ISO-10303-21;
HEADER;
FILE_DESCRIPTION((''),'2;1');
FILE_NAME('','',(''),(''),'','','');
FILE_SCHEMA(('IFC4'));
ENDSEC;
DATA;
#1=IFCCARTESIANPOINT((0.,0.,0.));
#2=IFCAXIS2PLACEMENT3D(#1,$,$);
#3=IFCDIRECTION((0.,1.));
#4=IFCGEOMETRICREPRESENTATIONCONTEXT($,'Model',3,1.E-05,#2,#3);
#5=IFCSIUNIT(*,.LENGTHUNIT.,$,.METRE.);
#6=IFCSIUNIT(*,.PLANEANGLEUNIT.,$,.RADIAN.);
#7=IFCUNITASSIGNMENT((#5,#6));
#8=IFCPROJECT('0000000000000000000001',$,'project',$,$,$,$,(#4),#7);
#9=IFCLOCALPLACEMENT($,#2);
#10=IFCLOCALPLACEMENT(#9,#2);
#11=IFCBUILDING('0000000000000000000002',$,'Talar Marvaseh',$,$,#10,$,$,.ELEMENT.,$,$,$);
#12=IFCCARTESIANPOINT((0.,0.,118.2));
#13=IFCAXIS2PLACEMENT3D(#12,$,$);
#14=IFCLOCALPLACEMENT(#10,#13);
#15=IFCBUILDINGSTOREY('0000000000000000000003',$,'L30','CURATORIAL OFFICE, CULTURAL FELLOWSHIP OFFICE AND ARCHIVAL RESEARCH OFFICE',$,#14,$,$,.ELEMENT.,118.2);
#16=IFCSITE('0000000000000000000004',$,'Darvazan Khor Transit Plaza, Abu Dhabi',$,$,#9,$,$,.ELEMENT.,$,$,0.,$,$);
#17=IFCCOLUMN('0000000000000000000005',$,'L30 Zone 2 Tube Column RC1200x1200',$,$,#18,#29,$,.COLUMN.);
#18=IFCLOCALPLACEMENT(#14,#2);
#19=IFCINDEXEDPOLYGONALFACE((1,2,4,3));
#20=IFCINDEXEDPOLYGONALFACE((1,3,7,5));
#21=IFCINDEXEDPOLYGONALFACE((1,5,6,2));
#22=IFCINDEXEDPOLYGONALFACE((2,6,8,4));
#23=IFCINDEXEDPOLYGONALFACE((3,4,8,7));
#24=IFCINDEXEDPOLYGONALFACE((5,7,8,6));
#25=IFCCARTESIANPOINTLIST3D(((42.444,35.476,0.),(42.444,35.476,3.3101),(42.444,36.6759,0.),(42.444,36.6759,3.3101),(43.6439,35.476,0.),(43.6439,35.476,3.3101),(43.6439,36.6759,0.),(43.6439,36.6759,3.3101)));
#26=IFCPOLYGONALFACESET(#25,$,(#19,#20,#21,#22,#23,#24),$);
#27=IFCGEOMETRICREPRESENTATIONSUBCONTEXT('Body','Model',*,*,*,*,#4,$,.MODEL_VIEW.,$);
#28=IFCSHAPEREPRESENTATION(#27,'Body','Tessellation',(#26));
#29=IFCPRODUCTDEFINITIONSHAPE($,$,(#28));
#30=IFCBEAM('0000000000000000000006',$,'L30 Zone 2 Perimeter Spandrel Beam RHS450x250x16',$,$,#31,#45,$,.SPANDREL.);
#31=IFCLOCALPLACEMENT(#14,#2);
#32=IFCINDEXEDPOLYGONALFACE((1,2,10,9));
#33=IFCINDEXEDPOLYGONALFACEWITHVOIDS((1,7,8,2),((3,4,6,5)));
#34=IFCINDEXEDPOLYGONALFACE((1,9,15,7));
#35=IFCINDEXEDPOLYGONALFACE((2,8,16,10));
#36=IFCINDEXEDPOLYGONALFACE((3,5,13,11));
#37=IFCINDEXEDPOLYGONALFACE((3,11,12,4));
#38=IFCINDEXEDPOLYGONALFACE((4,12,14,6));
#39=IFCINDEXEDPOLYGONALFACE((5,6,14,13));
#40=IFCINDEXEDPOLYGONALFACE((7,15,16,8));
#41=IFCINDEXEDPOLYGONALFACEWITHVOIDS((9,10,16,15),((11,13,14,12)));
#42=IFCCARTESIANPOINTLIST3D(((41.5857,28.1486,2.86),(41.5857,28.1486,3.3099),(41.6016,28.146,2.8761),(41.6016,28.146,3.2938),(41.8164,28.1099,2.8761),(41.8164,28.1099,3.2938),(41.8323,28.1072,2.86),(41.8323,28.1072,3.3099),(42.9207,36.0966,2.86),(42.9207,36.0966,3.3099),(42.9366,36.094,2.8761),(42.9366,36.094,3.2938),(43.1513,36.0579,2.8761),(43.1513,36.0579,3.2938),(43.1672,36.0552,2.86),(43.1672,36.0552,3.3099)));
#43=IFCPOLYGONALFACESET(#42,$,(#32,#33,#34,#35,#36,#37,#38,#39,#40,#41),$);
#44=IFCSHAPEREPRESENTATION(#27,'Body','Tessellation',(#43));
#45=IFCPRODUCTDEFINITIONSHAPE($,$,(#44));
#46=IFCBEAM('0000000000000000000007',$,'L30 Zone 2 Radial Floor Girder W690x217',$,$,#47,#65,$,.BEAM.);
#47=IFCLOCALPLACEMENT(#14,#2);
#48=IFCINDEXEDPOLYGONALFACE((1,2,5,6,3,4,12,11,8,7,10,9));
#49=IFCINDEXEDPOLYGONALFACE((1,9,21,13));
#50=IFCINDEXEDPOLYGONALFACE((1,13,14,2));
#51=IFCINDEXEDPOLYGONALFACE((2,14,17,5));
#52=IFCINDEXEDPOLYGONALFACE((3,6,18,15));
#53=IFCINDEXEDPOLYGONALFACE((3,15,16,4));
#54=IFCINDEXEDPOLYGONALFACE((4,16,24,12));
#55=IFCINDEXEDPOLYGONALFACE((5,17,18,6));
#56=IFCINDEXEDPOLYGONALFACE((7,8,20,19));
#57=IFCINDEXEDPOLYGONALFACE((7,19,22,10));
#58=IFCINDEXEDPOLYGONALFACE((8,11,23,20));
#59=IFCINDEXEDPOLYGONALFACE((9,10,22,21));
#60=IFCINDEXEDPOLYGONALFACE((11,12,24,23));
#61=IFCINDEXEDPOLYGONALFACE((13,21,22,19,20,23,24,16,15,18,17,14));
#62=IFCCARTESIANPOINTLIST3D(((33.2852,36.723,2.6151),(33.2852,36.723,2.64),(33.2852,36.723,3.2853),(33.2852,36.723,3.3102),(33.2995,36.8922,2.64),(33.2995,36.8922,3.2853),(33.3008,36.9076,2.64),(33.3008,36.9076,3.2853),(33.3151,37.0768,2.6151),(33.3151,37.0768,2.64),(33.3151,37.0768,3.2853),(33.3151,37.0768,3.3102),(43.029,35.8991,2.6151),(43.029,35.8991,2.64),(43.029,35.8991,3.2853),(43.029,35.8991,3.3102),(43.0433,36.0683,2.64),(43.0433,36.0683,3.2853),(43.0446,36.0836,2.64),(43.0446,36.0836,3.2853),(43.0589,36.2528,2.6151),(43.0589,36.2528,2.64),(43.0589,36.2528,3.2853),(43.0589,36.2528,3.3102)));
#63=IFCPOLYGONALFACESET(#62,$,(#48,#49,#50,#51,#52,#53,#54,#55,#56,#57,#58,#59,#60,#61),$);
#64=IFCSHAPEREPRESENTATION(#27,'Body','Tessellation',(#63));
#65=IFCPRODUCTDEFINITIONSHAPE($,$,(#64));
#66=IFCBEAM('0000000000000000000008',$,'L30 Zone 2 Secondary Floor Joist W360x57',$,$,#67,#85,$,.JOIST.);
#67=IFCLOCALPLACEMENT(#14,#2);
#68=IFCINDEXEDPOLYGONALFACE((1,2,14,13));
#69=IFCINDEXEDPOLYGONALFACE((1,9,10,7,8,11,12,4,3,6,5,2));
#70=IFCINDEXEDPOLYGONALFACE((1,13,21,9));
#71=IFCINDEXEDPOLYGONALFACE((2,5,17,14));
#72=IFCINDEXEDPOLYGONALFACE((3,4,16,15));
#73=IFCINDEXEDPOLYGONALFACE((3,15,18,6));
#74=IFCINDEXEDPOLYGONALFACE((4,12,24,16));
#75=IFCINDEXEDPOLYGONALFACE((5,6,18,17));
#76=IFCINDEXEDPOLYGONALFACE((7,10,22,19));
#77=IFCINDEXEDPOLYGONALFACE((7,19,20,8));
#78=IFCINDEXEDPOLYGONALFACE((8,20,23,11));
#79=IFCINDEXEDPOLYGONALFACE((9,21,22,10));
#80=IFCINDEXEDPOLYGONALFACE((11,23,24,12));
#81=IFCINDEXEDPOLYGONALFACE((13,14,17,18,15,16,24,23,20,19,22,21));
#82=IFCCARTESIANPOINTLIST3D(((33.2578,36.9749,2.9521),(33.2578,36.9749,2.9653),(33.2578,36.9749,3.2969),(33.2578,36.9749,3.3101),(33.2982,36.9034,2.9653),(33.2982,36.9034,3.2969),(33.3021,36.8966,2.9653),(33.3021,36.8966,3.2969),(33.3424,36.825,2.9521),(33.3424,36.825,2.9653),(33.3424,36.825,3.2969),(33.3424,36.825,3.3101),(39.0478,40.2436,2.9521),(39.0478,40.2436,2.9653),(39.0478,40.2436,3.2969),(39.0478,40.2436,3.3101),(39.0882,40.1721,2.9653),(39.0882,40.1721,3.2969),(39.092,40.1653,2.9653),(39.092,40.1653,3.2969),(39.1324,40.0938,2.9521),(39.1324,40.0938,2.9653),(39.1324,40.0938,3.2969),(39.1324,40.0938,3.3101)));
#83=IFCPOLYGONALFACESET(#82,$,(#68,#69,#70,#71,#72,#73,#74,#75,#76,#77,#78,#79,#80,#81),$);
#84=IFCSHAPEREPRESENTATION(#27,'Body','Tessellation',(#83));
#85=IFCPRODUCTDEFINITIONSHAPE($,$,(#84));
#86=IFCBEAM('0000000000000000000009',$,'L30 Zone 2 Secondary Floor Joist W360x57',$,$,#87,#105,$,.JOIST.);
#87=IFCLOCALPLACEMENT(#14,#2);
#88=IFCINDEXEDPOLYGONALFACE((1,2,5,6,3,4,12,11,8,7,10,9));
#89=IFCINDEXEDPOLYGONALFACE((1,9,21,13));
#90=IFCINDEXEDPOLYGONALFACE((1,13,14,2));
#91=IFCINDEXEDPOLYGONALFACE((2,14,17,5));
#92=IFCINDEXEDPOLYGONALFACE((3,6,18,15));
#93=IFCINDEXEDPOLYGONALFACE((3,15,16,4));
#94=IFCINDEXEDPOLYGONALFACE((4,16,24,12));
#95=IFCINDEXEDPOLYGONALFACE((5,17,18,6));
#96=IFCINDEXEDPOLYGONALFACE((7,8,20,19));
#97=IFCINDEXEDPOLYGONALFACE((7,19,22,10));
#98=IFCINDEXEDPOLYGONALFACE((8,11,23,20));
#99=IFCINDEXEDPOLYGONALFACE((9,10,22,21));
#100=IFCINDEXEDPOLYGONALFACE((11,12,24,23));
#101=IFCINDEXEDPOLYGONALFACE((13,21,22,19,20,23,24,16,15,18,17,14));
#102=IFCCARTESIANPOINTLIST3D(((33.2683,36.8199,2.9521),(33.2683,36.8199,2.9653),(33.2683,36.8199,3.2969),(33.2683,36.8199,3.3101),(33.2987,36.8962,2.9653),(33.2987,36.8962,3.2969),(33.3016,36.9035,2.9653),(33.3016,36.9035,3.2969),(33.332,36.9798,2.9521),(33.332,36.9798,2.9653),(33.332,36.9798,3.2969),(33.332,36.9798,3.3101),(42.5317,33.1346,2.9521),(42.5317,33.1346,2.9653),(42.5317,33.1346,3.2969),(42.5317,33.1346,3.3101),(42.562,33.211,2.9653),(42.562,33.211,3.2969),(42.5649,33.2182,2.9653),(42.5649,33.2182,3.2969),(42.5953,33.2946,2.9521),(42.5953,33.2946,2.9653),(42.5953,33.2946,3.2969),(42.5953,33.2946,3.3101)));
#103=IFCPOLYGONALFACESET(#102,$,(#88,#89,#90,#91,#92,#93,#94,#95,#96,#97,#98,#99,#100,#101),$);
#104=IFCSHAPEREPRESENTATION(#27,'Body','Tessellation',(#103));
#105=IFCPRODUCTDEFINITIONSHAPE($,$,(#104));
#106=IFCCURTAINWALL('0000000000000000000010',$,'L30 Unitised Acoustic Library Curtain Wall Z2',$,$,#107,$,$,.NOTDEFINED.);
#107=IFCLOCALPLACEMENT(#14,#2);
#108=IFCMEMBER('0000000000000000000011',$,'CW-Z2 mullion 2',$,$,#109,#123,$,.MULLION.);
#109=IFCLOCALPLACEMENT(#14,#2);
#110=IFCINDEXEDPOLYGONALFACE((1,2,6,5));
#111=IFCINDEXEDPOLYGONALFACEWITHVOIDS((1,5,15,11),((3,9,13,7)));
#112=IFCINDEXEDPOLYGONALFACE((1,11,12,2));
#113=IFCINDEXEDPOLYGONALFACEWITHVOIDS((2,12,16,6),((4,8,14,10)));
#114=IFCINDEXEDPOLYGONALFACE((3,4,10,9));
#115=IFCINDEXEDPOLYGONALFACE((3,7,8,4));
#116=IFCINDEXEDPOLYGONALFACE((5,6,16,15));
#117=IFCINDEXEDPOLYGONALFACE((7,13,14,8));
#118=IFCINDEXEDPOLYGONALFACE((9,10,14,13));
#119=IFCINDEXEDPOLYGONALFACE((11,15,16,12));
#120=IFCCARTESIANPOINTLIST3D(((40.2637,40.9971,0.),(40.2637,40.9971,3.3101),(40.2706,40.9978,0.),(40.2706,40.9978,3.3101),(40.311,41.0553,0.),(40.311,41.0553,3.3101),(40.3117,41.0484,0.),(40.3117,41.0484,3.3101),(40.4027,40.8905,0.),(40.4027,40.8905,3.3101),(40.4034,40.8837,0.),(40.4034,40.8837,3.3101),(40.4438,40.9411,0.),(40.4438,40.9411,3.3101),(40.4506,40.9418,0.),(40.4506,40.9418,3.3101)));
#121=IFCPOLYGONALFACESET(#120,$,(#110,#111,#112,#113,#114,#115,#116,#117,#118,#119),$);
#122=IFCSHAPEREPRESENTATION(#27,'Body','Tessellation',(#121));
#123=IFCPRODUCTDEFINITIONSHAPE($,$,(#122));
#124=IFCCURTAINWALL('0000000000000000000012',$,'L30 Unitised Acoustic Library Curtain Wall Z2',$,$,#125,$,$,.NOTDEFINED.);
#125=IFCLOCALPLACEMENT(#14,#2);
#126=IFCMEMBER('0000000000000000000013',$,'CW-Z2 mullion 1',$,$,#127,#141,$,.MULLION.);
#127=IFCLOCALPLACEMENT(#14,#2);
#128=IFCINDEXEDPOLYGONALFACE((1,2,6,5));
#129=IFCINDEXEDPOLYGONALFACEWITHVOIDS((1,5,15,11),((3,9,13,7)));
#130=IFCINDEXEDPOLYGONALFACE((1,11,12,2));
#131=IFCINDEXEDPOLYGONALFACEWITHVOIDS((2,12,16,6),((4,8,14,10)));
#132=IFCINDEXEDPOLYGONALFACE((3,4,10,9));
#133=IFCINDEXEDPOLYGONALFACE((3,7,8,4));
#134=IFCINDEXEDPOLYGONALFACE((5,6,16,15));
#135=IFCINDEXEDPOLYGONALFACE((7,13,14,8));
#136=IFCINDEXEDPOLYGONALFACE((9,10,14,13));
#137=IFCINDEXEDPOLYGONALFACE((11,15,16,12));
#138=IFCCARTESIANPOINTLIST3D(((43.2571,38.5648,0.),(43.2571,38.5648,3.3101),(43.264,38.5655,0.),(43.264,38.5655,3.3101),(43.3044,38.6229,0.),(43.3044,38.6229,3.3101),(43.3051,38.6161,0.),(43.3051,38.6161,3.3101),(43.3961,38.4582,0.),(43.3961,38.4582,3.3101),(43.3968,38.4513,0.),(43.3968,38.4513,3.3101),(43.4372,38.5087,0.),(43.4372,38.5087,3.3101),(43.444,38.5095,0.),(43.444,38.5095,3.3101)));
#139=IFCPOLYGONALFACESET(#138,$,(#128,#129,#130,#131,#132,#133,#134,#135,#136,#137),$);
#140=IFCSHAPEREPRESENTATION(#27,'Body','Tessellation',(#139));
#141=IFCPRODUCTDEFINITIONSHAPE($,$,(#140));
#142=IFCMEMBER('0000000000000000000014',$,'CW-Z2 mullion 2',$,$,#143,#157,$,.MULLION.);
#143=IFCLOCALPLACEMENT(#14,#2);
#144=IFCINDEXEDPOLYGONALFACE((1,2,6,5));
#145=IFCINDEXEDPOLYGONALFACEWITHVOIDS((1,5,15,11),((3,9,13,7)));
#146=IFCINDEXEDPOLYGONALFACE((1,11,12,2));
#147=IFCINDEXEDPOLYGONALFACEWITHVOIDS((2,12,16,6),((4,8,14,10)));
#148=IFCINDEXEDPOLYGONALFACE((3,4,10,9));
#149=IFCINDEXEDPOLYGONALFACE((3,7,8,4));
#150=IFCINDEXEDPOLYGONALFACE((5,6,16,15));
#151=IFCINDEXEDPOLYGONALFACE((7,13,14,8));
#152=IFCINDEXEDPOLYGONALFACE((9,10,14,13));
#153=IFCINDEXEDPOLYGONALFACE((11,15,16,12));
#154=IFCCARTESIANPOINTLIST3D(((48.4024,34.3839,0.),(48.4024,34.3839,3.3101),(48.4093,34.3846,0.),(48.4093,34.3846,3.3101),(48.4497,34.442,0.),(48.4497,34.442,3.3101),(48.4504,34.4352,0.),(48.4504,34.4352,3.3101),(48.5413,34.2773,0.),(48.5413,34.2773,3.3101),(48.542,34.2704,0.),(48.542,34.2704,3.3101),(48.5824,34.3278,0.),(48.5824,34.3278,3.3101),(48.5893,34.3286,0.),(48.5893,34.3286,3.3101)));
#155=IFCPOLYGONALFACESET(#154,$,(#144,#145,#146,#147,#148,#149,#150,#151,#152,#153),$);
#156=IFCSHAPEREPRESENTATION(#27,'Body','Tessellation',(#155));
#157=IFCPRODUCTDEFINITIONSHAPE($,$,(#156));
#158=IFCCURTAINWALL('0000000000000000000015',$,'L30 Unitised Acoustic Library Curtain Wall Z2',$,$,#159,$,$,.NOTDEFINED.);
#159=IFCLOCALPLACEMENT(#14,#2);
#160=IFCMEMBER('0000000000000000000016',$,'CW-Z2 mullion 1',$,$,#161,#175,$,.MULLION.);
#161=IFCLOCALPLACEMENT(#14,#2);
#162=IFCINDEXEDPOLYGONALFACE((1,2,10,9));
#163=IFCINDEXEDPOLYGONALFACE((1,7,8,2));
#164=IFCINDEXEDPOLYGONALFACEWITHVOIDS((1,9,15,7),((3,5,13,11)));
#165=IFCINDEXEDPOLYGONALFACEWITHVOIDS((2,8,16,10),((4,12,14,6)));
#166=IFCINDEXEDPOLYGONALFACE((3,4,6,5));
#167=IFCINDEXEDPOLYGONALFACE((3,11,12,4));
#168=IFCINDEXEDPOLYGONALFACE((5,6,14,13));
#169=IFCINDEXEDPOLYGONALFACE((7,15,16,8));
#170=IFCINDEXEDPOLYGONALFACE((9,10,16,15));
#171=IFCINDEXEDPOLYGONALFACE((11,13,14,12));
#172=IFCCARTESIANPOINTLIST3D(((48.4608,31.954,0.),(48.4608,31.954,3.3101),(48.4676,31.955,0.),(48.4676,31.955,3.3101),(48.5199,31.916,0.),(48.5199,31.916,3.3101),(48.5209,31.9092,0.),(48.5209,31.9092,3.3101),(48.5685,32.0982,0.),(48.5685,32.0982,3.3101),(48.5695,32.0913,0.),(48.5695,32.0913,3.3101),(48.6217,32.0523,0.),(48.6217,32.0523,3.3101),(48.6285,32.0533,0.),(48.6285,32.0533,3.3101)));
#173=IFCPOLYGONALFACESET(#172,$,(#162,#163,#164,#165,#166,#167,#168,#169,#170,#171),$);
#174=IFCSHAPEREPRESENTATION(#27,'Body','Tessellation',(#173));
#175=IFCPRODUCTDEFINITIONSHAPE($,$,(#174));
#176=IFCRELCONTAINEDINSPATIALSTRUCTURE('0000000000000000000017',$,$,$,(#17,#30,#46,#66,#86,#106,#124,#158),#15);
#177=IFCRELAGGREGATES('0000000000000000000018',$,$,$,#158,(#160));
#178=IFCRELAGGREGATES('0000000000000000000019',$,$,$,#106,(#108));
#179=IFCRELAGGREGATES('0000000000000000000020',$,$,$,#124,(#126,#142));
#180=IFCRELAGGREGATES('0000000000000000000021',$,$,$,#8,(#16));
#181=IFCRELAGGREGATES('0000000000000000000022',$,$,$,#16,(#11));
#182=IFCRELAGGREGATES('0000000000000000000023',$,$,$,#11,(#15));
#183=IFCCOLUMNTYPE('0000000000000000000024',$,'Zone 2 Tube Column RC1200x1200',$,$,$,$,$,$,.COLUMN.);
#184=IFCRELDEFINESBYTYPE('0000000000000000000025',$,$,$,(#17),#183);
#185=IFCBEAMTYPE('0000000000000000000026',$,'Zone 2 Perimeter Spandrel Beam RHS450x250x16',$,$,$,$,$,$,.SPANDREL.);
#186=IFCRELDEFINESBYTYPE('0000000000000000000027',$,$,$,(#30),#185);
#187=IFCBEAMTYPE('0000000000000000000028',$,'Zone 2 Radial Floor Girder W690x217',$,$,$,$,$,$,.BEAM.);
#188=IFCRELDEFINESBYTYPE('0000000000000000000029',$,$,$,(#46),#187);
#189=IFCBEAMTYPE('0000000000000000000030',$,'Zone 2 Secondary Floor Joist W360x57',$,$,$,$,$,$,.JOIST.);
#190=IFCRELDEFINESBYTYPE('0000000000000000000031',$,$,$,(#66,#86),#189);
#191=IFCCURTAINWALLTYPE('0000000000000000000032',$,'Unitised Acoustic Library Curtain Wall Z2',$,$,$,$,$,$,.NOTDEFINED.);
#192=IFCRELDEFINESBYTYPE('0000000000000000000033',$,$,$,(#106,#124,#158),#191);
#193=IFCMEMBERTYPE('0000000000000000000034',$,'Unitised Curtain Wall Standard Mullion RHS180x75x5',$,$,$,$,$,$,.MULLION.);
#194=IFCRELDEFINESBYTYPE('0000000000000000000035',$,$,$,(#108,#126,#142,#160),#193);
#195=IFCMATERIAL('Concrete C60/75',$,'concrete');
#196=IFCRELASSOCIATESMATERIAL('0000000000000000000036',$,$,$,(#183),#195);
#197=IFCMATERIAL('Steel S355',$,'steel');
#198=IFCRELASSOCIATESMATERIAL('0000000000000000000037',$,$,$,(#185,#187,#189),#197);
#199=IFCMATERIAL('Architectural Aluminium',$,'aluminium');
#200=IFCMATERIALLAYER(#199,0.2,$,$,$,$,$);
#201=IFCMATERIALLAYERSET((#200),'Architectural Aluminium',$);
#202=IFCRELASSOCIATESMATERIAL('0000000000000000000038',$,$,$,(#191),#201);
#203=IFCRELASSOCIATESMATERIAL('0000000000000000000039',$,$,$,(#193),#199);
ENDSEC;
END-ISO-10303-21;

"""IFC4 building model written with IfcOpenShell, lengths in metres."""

from ifc_helpers import new_model, si_unit, direction, frame, origin, origin_2d, place, context, subcontext, project, spatial, rectangle, hollow_rectangle, i_section, extrude, source, transform, mapped, material, layer, layer_set, material_profile, profile_set, type_object, type_shapes, element, aggregate, save


model = new_model("IFC4")

# Units and contexts
model_context = context("Model", 3, precision=1e-05, world=origin(), true_north=direction((0.0, 1.0)))
body_context = subcontext(model_context, "Body", "Model", "MODEL_VIEW")
ifc_project = project(units=[si_unit("LENGTHUNIT", "METRE"), si_unit("PLANEANGLEUNIT", "RADIAN")], contexts=[model_context])

# Site, building, storey
site_placement = place(None, origin())
site = spatial("IfcSite", under=ifc_project, at=site_placement, Name="Darvazan Khor Transit Plaza, Abu Dhabi", CompositionType="ELEMENT", RefElevation=0.0)
building_placement = place(site_placement, origin())
building = spatial("IfcBuilding", under=site, at=building_placement, Name="Talar Marvaseh", CompositionType="ELEMENT")
storey_placement = place(building_placement, frame((0.0, 0.0, 118.2)))
storey = spatial("IfcBuildingStorey", under=building, at=storey_placement, Name="L30", Description="CURATORIAL OFFICE, CULTURAL FELLOWSHIP OFFICE AND ARCHIVAL RESEARCH OFFICE", CompositionType="ELEMENT", Elevation=118.2)

# Column
ifc_material_1 = material(Name="Concrete C60/75", Category="concrete")
ifc_material_profile_1 = material_profile(ifc_material_1, rectangle(XDim=1.2, YDim=1.2, at=origin_2d()), Name="RC1200x1200")
ifc_profile_set_1 = profile_set([ifc_material_profile_1], Name="Concrete C60/75")
column_type = type_object("IfcColumnType", Name="Zone 2 Tube Column RC1200x1200", PredefinedType="COLUMN", material=ifc_profile_set_1)
column_placement = place(storey_placement, frame((43.0439, 36.0759, 0.0), z_axis=(0.0, 0.0, 1.0), x_axis=(1.0, 0.0, 0.0)))
element("IfcColumn", 1, at=column_placement, inside=storey, type_object=column_type, Name="L30 Zone 2 Tube Column RC1200x1200", PredefinedType="COLUMN", context=body_context, shape_type="SweptSolid", body=[
    extrude(rectangle(XDim=1.2, YDim=1.2, at=origin_2d()), origin(), (0.0, 0.0, 1.0), 3.3101),
])

# Beams
ifc_material_2 = material(Name="Steel S355", Category="steel")
ifc_material_profile_2 = material_profile(ifc_material_2, hollow_rectangle(XDim=0.25, YDim=0.45, WallThickness=0.0161, at=origin_2d()), Name="RHS450x250x16")
ifc_profile_set_2 = profile_set([ifc_material_profile_2], Name="Steel S355")
beam_type_1 = type_object("IfcBeamType", Name="Zone 2 Perimeter Spandrel Beam RHS450x250x16", PredefinedType="SPANDREL", material=ifc_profile_set_2)
beam_1_placement = place(storey_placement, frame((43.0439, 36.0759, 3.085), z_axis=(-0.165642, -0.986186, 0.0), x_axis=(0.986186, -0.165642, 0.0)))
element("IfcBeam", 2, at=beam_1_placement, inside=storey, type_object=beam_type_1, Name="L30 Zone 2 Perimeter Spandrel Beam RHS450x250x16", PredefinedType="SPANDREL", context=body_context, shape_type="SweptSolid", body=[
    extrude(hollow_rectangle(XDim=0.25, YDim=0.45, WallThickness=0.0161, at=origin_2d()), origin(), (0.0, 0.0, 1.0), 8.0593),
])
ifc_material_profile_3 = material_profile(ifc_material_2, i_section(OverallWidth=0.355, OverallDepth=0.6951, WebThickness=0.0154, FlangeThickness=0.0249, at=origin_2d()), Name="W690x217")
ifc_profile_set_3 = profile_set([ifc_material_profile_3], Name="Steel S355")
beam_type_2 = type_object("IfcBeamType", Name="Zone 2 Radial Floor Girder W690x217", PredefinedType="BEAM", material=ifc_profile_set_3)
beam_2_placement = place(storey_placement, frame((43.0439, 36.0759, 2.9626), z_axis=(-0.996444, 0.084262, 0.0), x_axis=(-0.084262, -0.996444, 0.0)))
element("IfcBeam", 3, at=beam_2_placement, inside=storey, type_object=beam_type_2, Name="L30 Zone 2 Radial Floor Girder W690x217", PredefinedType="BEAM", context=body_context, shape_type="SweptSolid", body=[
    extrude(i_section(OverallWidth=0.355, OverallDepth=0.6951, WebThickness=0.0154, FlangeThickness=0.0249, at=origin_2d()), origin(), (0.0, 0.0, 1.0), 9.7786),
])
ifc_material_profile_4 = material_profile(ifc_material_2, i_section(OverallWidth=0.1721, OverallDepth=0.3579, WebThickness=0.0078, FlangeThickness=0.0132, at=origin_2d()), Name="W360x57")
ifc_profile_set_4 = profile_set([ifc_material_profile_4], Name="Steel S355")
beam_type_3 = type_object("IfcBeamType", Name="Zone 2 Secondary Floor Joist W360x57", PredefinedType="JOIST", material=ifc_profile_set_4)
beam_3_placement = place(storey_placement, frame((39.0901, 40.1687, 3.1311), z_axis=(-0.87081, -0.49162, 0.0), x_axis=(0.49162, -0.87081, 0.0)))
element("IfcBeam", 4, at=beam_3_placement, inside=storey, type_object=beam_type_3, Name="L30 Zone 2 Secondary Floor Joist W360x57", PredefinedType="JOIST", context=body_context, shape_type="SweptSolid", body=[
    extrude(i_section(OverallWidth=0.1721, OverallDepth=0.3579, WebThickness=0.0078, FlangeThickness=0.0132, at=origin_2d()), origin(), (0.0, 0.0, 1.0), 6.6489),
])
beam_4_placement = place(storey_placement, frame((42.5635, 33.2146, 3.1311), z_axis=(-0.929169, 0.369655, 0.0), x_axis=(-0.369655, -0.929169, 0.0)))
element("IfcBeam", 5, at=beam_4_placement, inside=storey, type_object=beam_type_3, Name="L30 Zone 2 Secondary Floor Joist W360x57", PredefinedType="JOIST", context=body_context, shape_type="SweptSolid", body=[
    extrude(i_section(OverallWidth=0.1721, OverallDepth=0.3579, WebThickness=0.0078, FlangeThickness=0.0132, at=origin_2d()), origin(), (0.0, 0.0, 1.0), 9.9695),
])

# Curtain wall, member
ifc_material_3 = material(Name="Architectural Aluminium", Category="aluminium")
ifc_layer_1 = layer(ifc_material_3, 0.2)
ifc_layer_set_1 = layer_set([ifc_layer_1], Name="Architectural Aluminium")
curtain_wall_type = type_object("IfcCurtainWallType", Name="Unitised Acoustic Library Curtain Wall Z2", PredefinedType="NOTDEFINED", material=ifc_layer_set_1)
curtain_wall_1_placement = place(storey_placement, origin())
curtain_wall_1 = element("IfcCurtainWall", 6, at=curtain_wall_1_placement, inside=storey, type_object=curtain_wall_type, Name="L30 Unitised Acoustic Library Curtain Wall Z2", PredefinedType="NOTDEFINED")
ifc_material_profile_5 = material_profile(ifc_material_3, hollow_rectangle(XDim=0.075, YDim=0.1799, WallThickness=0.0049, at=origin_2d()), Name="RHS180x75x5")
ifc_profile_set_5 = profile_set([ifc_material_profile_5], Name="Architectural Aluminium")
member_type_1 = type_object("IfcMemberType", Name="Unitised Curtain Wall Standard Mullion RHS180x75x5", PredefinedType="MULLION", material=ifc_profile_set_5)
shared_shape_1 = source(origin(), body_context, "Body", "SweptSolid", [
    extrude(hollow_rectangle(XDim=0.075, YDim=0.1799, WallThickness=0.0049, at=origin_2d()), origin(), (0.0, 0.0, 1.0), 3.3101),
])
type_shapes(member_type_1, [shared_shape_1])
member_1_placement = place(storey_placement, frame((40.3572, 40.9695, 0.0), z_axis=(0.0, 0.0, 1.0), x_axis=(0.630625, 0.776088, 0.0)))
member_1 = element("IfcMember", 7, at=member_1_placement, type_object=member_type_1, Name="CW-Z2 mullion 2", PredefinedType="MULLION", context=body_context, shape_type="MappedRepresentation", body=[
    mapped(shared_shape_1, transform((0.0, 0.0, 0.0), x_axis=(1.0, 0.0, 0.0), y_axis=(0.0, 1.0, 0.0), z_axis=(0.0, 0.0, 1.0), scale=1.0)),
])

# Curtain walls, members
curtain_wall_2_placement = place(storey_placement, origin())
curtain_wall_2 = element("IfcCurtainWall", 8, at=curtain_wall_2_placement, inside=storey, type_object=curtain_wall_type, Name="L30 Unitised Acoustic Library Curtain Wall Z2", PredefinedType="NOTDEFINED")
member_2_placement = place(storey_placement, frame((43.3506, 38.5371, 0.0), z_axis=(0.0, 0.0, 1.0), x_axis=(0.630625, 0.776088, 0.0)))
member_2 = element("IfcMember", 9, at=member_2_placement, type_object=member_type_1, Name="CW-Z2 mullion 1", PredefinedType="MULLION", context=body_context, shape_type="MappedRepresentation", body=[
    mapped(shared_shape_1, transform((0.0, 0.0, 0.0), x_axis=(1.0, 0.0, 0.0), y_axis=(0.0, 1.0, 0.0), z_axis=(0.0, 0.0, 1.0), scale=1.0)),
])
member_3_placement = place(storey_placement, frame((48.4958, 34.3562, 0.0), z_axis=(0.0, 0.0, 1.0), x_axis=(0.630625, 0.776088, 0.0)))
member_3 = element("IfcMember", 10, at=member_3_placement, type_object=member_type_1, Name="CW-Z2 mullion 2", PredefinedType="MULLION", context=body_context, shape_type="MappedRepresentation", body=[
    mapped(shared_shape_1, transform((0.0, 0.0, 0.0), x_axis=(1.0, 0.0, 0.0), y_axis=(0.0, 1.0, 0.0), z_axis=(0.0, 0.0, 1.0), scale=1.0)),
])
curtain_wall_3_placement = place(storey_placement, origin())
curtain_wall_3 = element("IfcCurtainWall", 11, at=curtain_wall_3_placement, inside=storey, type_object=curtain_wall_type, Name="L30 Unitised Acoustic Library Curtain Wall Z2", PredefinedType="NOTDEFINED")
member_4_placement = place(storey_placement, frame((48.5447, 32.0037, 0.0), z_axis=(0.0, 0.0, 1.0), x_axis=(0.801159, -0.598452, 0.0)))
member_4 = element("IfcMember", 12, at=member_4_placement, type_object=member_type_1, Name="CW-Z2 mullion 1", PredefinedType="MULLION", context=body_context, shape_type="MappedRepresentation", body=[
    mapped(shared_shape_1, transform((0.0, 0.0, 0.0), x_axis=(1.0, 0.0, 0.0), y_axis=(0.0, 1.0, 0.0), z_axis=(0.0, 0.0, 1.0), scale=1.0)),
])

aggregate(curtain_wall_3, [member_4])
aggregate(curtain_wall_1, [member_1])
aggregate(curtain_wall_2, [member_2, member_3])

save(model, "model.ifc")
